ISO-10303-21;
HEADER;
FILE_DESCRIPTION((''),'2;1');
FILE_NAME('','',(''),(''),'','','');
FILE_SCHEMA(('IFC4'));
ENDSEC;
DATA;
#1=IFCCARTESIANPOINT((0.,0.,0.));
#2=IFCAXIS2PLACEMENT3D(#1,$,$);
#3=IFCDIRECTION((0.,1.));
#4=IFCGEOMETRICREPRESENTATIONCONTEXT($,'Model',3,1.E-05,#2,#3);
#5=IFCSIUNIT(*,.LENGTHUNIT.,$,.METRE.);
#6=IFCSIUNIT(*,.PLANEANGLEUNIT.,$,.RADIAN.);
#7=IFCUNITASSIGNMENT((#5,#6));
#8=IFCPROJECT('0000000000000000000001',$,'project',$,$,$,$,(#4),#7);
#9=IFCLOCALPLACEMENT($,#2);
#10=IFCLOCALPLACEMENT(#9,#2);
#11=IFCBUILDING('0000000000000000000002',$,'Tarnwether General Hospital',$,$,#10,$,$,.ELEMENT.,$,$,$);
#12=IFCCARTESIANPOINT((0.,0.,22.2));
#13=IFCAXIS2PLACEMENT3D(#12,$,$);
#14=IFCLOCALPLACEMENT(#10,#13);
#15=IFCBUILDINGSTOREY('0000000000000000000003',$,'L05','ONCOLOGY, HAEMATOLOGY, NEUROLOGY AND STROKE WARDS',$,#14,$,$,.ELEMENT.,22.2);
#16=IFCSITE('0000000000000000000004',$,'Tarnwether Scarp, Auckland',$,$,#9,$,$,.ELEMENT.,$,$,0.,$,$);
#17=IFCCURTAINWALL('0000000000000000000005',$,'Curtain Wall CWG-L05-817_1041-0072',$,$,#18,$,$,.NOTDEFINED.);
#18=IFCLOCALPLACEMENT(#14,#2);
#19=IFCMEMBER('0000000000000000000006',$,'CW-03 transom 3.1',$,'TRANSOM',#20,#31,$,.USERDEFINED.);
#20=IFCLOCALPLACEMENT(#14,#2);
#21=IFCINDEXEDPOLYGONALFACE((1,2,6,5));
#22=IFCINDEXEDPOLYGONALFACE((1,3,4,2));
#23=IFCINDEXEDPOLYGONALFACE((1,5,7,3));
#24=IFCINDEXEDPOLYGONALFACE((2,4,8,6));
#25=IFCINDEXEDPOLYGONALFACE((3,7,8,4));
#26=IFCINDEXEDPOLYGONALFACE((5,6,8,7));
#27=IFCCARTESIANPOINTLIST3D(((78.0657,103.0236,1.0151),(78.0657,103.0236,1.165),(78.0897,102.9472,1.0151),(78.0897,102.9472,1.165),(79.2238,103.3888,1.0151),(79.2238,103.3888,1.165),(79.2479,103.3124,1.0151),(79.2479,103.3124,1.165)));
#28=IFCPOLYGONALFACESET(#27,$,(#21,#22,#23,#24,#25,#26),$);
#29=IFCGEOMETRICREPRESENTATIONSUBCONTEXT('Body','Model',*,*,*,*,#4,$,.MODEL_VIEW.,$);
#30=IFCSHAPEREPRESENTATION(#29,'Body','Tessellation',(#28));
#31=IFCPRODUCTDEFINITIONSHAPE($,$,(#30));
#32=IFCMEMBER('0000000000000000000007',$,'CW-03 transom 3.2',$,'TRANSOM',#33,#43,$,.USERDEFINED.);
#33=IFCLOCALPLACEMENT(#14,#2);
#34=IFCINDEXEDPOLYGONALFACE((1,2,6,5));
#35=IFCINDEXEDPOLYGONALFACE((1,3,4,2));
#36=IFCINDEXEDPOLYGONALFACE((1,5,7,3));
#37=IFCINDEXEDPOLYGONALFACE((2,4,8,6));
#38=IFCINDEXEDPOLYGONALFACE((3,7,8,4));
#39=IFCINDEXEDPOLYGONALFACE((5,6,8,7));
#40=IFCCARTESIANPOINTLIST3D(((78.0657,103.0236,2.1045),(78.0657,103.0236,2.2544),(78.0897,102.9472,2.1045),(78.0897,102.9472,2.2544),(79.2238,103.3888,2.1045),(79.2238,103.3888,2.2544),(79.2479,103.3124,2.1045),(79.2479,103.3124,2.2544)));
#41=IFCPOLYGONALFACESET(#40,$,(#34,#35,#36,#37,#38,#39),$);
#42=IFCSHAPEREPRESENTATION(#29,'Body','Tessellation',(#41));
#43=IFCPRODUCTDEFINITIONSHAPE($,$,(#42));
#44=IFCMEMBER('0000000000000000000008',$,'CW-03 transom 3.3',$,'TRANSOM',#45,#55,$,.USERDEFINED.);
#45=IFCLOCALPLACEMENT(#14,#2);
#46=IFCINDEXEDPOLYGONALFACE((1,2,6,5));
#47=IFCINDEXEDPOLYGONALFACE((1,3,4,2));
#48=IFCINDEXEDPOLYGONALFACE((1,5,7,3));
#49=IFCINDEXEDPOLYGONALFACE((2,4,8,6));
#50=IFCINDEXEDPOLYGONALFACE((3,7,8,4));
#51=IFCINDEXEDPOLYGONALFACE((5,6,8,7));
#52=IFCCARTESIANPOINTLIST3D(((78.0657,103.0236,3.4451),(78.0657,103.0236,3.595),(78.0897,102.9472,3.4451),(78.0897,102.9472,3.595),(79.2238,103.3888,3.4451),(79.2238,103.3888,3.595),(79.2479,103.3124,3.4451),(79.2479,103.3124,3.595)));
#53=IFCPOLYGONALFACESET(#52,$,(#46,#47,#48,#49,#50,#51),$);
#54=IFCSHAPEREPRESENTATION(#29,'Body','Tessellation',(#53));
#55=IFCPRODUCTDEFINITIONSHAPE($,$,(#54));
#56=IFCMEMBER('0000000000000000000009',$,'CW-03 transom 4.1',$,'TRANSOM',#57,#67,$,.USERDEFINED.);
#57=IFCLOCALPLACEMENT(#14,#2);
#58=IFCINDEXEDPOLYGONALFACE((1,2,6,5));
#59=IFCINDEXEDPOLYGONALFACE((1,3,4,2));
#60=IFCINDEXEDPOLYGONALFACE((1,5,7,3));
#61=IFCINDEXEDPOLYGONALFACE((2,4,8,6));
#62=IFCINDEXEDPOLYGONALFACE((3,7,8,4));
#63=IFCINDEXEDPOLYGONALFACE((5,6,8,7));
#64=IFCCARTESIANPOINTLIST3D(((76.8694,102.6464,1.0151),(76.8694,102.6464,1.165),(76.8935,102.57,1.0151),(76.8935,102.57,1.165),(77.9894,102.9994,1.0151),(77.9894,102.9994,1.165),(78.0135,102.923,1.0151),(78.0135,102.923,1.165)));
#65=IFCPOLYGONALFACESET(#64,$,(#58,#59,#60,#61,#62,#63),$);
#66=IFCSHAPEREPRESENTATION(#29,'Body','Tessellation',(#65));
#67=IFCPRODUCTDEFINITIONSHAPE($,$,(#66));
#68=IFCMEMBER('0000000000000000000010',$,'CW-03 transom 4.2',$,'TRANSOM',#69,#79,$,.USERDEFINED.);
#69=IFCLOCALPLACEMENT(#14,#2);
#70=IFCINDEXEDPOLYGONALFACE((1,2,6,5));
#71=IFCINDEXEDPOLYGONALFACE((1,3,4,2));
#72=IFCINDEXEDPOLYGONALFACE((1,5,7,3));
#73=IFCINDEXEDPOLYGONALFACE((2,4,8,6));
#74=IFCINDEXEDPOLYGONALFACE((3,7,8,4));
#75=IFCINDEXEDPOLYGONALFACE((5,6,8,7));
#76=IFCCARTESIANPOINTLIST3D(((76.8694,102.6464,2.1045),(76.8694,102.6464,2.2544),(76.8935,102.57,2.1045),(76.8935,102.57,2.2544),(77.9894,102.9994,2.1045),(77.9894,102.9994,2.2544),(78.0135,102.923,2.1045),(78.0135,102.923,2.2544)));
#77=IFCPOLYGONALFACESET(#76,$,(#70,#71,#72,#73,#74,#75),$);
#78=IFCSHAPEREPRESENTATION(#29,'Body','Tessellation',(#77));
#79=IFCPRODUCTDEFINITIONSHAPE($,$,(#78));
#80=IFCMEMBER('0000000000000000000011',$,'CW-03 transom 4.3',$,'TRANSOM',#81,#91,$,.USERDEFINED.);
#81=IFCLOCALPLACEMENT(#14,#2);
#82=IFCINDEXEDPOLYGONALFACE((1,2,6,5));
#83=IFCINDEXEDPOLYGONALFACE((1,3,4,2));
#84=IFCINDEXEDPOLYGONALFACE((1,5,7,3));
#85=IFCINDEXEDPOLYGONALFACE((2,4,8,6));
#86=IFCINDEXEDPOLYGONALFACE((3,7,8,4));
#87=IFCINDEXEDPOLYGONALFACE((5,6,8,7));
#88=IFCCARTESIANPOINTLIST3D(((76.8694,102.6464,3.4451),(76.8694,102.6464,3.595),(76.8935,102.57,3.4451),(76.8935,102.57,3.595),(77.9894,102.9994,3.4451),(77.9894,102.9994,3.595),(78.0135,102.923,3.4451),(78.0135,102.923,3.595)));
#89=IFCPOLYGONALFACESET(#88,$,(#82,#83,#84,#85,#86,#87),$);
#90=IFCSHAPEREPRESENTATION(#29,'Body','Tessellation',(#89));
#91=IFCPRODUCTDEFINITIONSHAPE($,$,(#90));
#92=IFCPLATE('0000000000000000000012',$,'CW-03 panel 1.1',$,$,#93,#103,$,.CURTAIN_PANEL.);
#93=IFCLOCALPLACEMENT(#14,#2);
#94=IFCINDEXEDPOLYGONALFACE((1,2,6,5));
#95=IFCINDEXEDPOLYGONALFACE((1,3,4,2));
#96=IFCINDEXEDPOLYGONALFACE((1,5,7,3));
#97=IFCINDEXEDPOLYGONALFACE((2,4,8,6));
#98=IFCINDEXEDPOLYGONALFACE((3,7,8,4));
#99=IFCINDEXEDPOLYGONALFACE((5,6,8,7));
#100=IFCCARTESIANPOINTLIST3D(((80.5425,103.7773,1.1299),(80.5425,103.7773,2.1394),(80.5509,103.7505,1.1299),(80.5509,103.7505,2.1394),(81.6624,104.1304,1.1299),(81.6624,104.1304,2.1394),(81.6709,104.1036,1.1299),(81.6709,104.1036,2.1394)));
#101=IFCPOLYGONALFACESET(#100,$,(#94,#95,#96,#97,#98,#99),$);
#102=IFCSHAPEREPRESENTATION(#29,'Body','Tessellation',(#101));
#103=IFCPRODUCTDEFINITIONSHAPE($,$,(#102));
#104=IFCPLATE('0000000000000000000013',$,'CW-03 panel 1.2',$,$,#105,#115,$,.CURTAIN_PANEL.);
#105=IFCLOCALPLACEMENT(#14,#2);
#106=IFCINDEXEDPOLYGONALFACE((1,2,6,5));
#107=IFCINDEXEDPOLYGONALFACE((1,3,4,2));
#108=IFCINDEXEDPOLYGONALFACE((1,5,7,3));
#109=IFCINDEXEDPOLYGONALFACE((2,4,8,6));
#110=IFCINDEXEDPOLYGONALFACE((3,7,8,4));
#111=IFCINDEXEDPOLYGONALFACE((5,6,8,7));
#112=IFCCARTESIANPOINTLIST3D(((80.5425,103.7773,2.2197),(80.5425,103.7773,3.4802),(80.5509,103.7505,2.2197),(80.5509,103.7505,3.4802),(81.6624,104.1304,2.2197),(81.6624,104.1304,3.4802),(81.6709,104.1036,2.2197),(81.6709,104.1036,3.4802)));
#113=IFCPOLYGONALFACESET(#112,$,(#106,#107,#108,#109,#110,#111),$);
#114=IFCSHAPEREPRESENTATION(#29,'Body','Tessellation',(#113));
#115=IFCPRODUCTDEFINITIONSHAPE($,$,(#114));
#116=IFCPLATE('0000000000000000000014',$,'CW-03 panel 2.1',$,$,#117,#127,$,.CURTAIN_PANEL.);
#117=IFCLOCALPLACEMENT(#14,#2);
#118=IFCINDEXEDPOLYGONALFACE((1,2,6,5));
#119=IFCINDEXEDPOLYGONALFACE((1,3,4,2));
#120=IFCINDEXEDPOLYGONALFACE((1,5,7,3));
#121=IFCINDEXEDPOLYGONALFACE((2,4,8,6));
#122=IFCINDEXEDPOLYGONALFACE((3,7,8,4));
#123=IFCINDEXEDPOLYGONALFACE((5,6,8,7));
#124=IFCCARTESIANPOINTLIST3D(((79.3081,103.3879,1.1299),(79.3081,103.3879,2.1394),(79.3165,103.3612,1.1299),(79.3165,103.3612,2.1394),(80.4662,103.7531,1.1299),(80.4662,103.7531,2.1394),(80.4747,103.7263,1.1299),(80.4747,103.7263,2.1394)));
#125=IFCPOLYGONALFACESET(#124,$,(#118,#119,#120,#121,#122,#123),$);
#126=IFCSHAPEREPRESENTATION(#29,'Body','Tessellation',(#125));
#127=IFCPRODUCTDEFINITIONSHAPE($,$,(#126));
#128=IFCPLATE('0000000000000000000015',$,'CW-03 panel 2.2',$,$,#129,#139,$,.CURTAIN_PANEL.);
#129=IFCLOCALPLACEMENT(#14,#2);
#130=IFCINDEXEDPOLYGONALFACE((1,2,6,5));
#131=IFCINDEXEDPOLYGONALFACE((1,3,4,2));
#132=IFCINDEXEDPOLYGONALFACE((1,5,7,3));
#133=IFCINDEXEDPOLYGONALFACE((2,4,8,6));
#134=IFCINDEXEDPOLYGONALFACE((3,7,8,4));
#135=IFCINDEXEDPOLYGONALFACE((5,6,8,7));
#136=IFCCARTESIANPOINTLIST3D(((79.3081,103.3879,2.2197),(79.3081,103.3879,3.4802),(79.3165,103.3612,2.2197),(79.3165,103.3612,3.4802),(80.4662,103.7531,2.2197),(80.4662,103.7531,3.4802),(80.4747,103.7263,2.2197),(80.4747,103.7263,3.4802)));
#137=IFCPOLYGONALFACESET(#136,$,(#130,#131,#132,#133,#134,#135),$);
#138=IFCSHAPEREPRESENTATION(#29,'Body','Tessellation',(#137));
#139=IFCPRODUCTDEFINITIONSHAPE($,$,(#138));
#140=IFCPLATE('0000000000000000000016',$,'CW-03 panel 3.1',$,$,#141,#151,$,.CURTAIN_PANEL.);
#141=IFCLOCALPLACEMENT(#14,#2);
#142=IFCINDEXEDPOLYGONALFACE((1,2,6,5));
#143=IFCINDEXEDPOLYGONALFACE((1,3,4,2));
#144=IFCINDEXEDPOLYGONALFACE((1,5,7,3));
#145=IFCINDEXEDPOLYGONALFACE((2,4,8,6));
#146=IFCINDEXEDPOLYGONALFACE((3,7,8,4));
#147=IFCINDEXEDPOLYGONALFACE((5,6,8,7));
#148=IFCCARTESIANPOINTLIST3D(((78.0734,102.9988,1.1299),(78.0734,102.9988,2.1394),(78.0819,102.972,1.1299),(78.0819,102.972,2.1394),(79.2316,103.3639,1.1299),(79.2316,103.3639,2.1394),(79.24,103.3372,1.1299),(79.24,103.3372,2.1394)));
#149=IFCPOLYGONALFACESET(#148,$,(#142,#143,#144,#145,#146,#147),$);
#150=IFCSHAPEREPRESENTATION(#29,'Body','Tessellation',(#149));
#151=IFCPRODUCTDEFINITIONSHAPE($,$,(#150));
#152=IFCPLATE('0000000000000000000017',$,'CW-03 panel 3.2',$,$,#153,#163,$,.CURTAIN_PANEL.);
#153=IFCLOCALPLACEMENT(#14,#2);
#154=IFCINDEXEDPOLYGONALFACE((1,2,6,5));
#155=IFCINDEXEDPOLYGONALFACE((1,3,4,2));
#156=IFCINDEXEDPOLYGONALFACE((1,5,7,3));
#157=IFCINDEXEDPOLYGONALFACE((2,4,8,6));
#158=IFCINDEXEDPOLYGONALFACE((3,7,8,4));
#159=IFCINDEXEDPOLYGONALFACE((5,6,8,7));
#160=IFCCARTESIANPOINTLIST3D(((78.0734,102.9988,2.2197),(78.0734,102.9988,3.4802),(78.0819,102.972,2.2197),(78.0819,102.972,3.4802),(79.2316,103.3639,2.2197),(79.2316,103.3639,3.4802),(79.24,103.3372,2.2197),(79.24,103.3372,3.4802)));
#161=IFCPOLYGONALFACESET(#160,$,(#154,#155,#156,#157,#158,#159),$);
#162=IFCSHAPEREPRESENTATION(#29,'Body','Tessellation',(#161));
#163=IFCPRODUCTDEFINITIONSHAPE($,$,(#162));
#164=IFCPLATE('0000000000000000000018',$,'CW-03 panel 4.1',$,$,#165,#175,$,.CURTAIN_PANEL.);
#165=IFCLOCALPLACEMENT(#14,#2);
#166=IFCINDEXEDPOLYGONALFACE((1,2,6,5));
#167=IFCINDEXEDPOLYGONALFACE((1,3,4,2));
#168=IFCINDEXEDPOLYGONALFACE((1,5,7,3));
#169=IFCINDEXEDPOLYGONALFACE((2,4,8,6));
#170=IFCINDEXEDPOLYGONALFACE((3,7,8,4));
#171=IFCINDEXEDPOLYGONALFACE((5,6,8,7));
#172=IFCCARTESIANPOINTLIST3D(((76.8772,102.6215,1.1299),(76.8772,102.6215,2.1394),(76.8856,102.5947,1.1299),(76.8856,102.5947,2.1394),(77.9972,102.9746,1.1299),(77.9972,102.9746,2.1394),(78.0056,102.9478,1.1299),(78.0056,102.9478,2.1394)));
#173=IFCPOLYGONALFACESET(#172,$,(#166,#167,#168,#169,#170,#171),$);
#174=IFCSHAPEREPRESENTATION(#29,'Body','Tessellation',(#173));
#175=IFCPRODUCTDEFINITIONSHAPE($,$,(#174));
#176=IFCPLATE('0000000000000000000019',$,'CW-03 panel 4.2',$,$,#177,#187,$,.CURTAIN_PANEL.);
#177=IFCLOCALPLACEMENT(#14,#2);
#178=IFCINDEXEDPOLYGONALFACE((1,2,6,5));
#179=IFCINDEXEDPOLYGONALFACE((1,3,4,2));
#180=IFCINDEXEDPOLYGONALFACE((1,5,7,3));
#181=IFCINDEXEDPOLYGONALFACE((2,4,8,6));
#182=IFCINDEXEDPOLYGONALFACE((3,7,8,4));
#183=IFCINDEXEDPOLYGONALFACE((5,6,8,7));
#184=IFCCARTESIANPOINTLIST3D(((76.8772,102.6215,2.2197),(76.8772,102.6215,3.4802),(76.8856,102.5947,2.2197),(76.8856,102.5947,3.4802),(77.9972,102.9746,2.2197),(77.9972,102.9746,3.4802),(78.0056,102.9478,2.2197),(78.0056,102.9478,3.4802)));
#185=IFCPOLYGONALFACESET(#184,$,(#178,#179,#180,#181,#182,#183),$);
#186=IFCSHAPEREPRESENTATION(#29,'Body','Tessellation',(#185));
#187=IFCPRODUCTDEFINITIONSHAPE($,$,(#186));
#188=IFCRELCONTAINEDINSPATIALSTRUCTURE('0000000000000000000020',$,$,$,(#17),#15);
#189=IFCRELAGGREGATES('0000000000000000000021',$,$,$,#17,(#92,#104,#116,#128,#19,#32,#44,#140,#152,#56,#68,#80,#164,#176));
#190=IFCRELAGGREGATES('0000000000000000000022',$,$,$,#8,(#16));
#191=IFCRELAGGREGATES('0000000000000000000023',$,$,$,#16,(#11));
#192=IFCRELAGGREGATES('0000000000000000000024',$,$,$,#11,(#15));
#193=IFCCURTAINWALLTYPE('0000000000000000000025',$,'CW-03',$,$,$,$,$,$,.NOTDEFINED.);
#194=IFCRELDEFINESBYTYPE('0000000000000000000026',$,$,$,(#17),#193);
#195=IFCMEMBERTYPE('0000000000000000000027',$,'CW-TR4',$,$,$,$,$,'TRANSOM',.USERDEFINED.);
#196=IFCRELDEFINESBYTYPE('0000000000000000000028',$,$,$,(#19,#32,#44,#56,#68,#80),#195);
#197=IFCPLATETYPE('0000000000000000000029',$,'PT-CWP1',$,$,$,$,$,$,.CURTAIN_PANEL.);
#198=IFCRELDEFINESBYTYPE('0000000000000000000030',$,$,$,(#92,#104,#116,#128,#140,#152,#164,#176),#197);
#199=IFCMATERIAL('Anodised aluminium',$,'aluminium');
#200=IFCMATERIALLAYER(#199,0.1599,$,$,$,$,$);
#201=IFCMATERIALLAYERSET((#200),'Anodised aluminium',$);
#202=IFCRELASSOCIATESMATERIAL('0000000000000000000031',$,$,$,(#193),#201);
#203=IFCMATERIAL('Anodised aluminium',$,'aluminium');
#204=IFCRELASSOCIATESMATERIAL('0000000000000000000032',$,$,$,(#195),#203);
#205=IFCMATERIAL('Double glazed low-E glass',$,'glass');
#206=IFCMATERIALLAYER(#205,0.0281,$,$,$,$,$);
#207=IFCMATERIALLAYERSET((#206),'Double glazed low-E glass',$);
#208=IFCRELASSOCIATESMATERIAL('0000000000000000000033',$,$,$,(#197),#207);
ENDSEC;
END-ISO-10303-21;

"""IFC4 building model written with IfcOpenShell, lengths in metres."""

from ifc_helpers import new_model, si_unit, direction, frame, origin, origin_2d, place, context, subcontext, project, spatial, rectangle, extrude, material, layer, layer_set, material_profile, profile_set, type_object, element, aggregate, save


model = new_model("IFC4")

# Units and contexts
model_context = context("Model", 3, precision=1e-05, world=origin(), true_north=direction((0.0, 1.0)))
body_context = subcontext(model_context, "Body", "Model", "MODEL_VIEW")
ifc_project = project(units=[si_unit("LENGTHUNIT", "METRE"), si_unit("PLANEANGLEUNIT", "RADIAN")], contexts=[model_context])

# Site, building, storey
site_placement = place(None, origin())
site = spatial("IfcSite", under=ifc_project, at=site_placement, Name="Tarnwether Scarp, Auckland", CompositionType="ELEMENT", RefElevation=0.0)
building_placement = place(site_placement, origin())
building = spatial("IfcBuilding", under=site, at=building_placement, Name="Tarnwether General Hospital", CompositionType="ELEMENT")
storey_placement = place(building_placement, frame((0.0, 0.0, 22.2)))
storey = spatial("IfcBuildingStorey", under=building, at=storey_placement, Name="L05", Description="ONCOLOGY, HAEMATOLOGY, NEUROLOGY AND STROKE WARDS", CompositionType="ELEMENT", Elevation=22.2)

# Shared definitions
ifc_material_1 = material(Name="Anodised aluminium", Category="aluminium")
ifc_layer_1 = layer(ifc_material_1, 0.1599)
ifc_layer_set_1 = layer_set([ifc_layer_1], Name="Anodised aluminium")
curtain_wall_type = type_object("IfcCurtainWallType", Name="CW-03", PredefinedType="NOTDEFINED", material=ifc_layer_set_1)

# Curtain wall
curtain_wall_1_placement = place(storey_placement, origin())
curtain_wall_1 = element("IfcCurtainWall", 1, at=curtain_wall_1_placement, inside=storey, type_object=curtain_wall_type, Name="Curtain Wall CWG-L05-817_1041-0072", PredefinedType="NOTDEFINED")

# Members
ifc_material_2 = material(Name="Anodised aluminium", Category="aluminium")
ifc_material_profile_1 = material_profile(ifc_material_2, rectangle(XDim=0.0801, YDim=0.1499, at=origin_2d()), Name="ALU-TRN-80x150")
ifc_profile_set_1 = profile_set([ifc_material_profile_1], Name="Anodised aluminium")
member_type_1 = type_object("IfcMemberType", Name="CW-TR4", ElementType="TRANSOM", PredefinedType="USERDEFINED", material=ifc_profile_set_1)
member_1_placement = place(storey_placement, frame((79.2358, 103.3506, 1.0901), z_axis=(-0.953704, -0.300746, 0.0), x_axis=(0.300746, -0.953704, 0.0)))
member_1 = element("IfcMember", 2, at=member_1_placement, type_object=member_type_1, Name="CW-03 transom 3.1", ObjectType="TRANSOM", PredefinedType="USERDEFINED", context=body_context, shape_type="SweptSolid", body=[
    extrude(rectangle(XDim=0.0801, YDim=0.1499, at=origin_2d()), origin(), (0.0, 0.0, 1.0), 1.2144),
])
member_2_placement = place(storey_placement, frame((79.2358, 103.3506, 2.1794), z_axis=(-0.953704, -0.300746, 0.0), x_axis=(0.300746, -0.953704, 0.0)))
member_2 = element("IfcMember", 3, at=member_2_placement, type_object=member_type_1, Name="CW-03 transom 3.2", ObjectType="TRANSOM", PredefinedType="USERDEFINED", context=body_context, shape_type="SweptSolid", body=[
    extrude(rectangle(XDim=0.0801, YDim=0.1499, at=origin_2d()), origin(), (0.0, 0.0, 1.0), 1.2144),
])
member_3_placement = place(storey_placement, frame((79.2358, 103.3506, 3.52), z_axis=(-0.953704, -0.300746, 0.0), x_axis=(0.300746, -0.953704, 0.0)))
member_3 = element("IfcMember", 4, at=member_3_placement, type_object=member_type_1, Name="CW-03 transom 3.3", ObjectType="TRANSOM", PredefinedType="USERDEFINED", context=body_context, shape_type="SweptSolid", body=[
    extrude(rectangle(XDim=0.0801, YDim=0.1499, at=origin_2d()), origin(), (0.0, 0.0, 1.0), 1.2144),
])
member_4_placement = place(storey_placement, frame((78.0015, 102.9612, 1.0901), z_axis=(-0.953752, -0.300594, 0.0), x_axis=(0.300594, -0.953752, 0.0)))
member_4 = element("IfcMember", 5, at=member_4_placement, type_object=member_type_1, Name="CW-03 transom 4.1", ObjectType="TRANSOM", PredefinedType="USERDEFINED", context=body_context, shape_type="SweptSolid", body=[
    extrude(rectangle(XDim=0.0801, YDim=0.1499, at=origin_2d()), origin(), (0.0, 0.0, 1.0), 1.1743),
])
member_5_placement = place(storey_placement, frame((78.0015, 102.9612, 2.1794), z_axis=(-0.953752, -0.300594, 0.0), x_axis=(0.300594, -0.953752, 0.0)))
member_5 = element("IfcMember", 6, at=member_5_placement, type_object=member_type_1, Name="CW-03 transom 4.2", ObjectType="TRANSOM", PredefinedType="USERDEFINED", context=body_context, shape_type="SweptSolid", body=[
    extrude(rectangle(XDim=0.0801, YDim=0.1499, at=origin_2d()), origin(), (0.0, 0.0, 1.0), 1.1743),
])
member_6_placement = place(storey_placement, frame((78.0015, 102.9612, 3.52), z_axis=(-0.953752, -0.300594, 0.0), x_axis=(0.300594, -0.953752, 0.0)))
member_6 = element("IfcMember", 7, at=member_6_placement, type_object=member_type_1, Name="CW-03 transom 4.3", ObjectType="TRANSOM", PredefinedType="USERDEFINED", context=body_context, shape_type="SweptSolid", body=[
    extrude(rectangle(XDim=0.0801, YDim=0.1499, at=origin_2d()), origin(), (0.0, 0.0, 1.0), 1.1743),
])

# Plates
ifc_material_3 = material(Name="Double glazed low-E glass", Category="glass")
ifc_layer_2 = layer(ifc_material_3, 0.0281)
ifc_layer_set_2 = layer_set([ifc_layer_2], Name="Double glazed low-E glass")
plate_type_1 = type_object("IfcPlateType", Name="PT-CWP1", PredefinedType="CURTAIN_PANEL", material=ifc_layer_set_2)
plate_1_placement = place(storey_placement, frame((81.1067, 103.9404, 1.1299), z_axis=(0.0, 0.0, 1.0), x_axis=(-0.953714, -0.300715, 0.0)))
plate_1 = element("IfcPlate", 8, at=plate_1_placement, type_object=plate_type_1, Name="CW-03 panel 1.1", PredefinedType="CURTAIN_PANEL", context=body_context, shape_type="SweptSolid", body=[
    extrude(rectangle(XDim=1.1743, YDim=0.0281, at=origin_2d()), origin(), (0.0, 0.0, 1.0), 1.0095),
])
plate_2_placement = place(storey_placement, frame((81.1067, 103.9404, 2.2197), z_axis=(0.0, 0.0, 1.0), x_axis=(-0.953714, -0.300715, 0.0)))
plate_2 = element("IfcPlate", 9, at=plate_2_placement, type_object=plate_type_1, Name="CW-03 panel 1.2", PredefinedType="CURTAIN_PANEL", context=body_context, shape_type="SweptSolid", body=[
    extrude(rectangle(XDim=1.1743, YDim=0.0281, at=origin_2d()), origin(), (0.0, 0.0, 1.0), 1.2605),
])
plate_3_placement = place(storey_placement, frame((79.8914, 103.5571, 1.1299), z_axis=(0.0, 0.0, 1.0), x_axis=(-0.953714, -0.300715, 0.0)))
plate_3 = element("IfcPlate", 10, at=plate_3_placement, type_object=plate_type_1, Name="CW-03 panel 2.1", PredefinedType="CURTAIN_PANEL", context=body_context, shape_type="SweptSolid", body=[
    extrude(rectangle(XDim=1.2144, YDim=0.0281, at=origin_2d()), origin(), (0.0, 0.0, 1.0), 1.0095),
])
plate_4_placement = place(storey_placement, frame((79.8914, 103.5571, 2.2197), z_axis=(0.0, 0.0, 1.0), x_axis=(-0.953714, -0.300715, 0.0)))
plate_4 = element("IfcPlate", 11, at=plate_4_placement, type_object=plate_type_1, Name="CW-03 panel 2.2", PredefinedType="CURTAIN_PANEL", context=body_context, shape_type="SweptSolid", body=[
    extrude(rectangle(XDim=1.2144, YDim=0.0281, at=origin_2d()), origin(), (0.0, 0.0, 1.0), 1.2605),
])
plate_5_placement = place(storey_placement, frame((78.6567, 103.168, 1.1299), z_axis=(0.0, 0.0, 1.0), x_axis=(-0.953714, -0.300715, 0.0)))
plate_5 = element("IfcPlate", 12, at=plate_5_placement, type_object=plate_type_1, Name="CW-03 panel 3.1", PredefinedType="CURTAIN_PANEL", context=body_context, shape_type="SweptSolid", body=[
    extrude(rectangle(XDim=1.2144, YDim=0.0281, at=origin_2d()), origin(), (0.0, 0.0, 1.0), 1.0095),
])
plate_6_placement = place(storey_placement, frame((78.6567, 103.168, 2.2197), z_axis=(0.0, 0.0, 1.0), x_axis=(-0.953714, -0.300715, 0.0)))
plate_6 = element("IfcPlate", 13, at=plate_6_placement, type_object=plate_type_1, Name="CW-03 panel 3.2", PredefinedType="CURTAIN_PANEL", context=body_context, shape_type="SweptSolid", body=[
    extrude(rectangle(XDim=1.2144, YDim=0.0281, at=origin_2d()), origin(), (0.0, 0.0, 1.0), 1.2605),
])
plate_7_placement = place(storey_placement, frame((77.4414, 102.7847, 1.1299), z_axis=(0.0, 0.0, 1.0), x_axis=(-0.953714, -0.300715, 0.0)))
plate_7 = element("IfcPlate", 14, at=plate_7_placement, type_object=plate_type_1, Name="CW-03 panel 4.1", PredefinedType="CURTAIN_PANEL", context=body_context, shape_type="SweptSolid", body=[
    extrude(rectangle(XDim=1.1743, YDim=0.0281, at=origin_2d()), origin(), (0.0, 0.0, 1.0), 1.0095),
])
plate_8_placement = place(storey_placement, frame((77.4414, 102.7847, 2.2197), z_axis=(0.0, 0.0, 1.0), x_axis=(-0.953714, -0.300715, 0.0)))
plate_8 = element("IfcPlate", 15, at=plate_8_placement, type_object=plate_type_1, Name="CW-03 panel 4.2", PredefinedType="CURTAIN_PANEL", context=body_context, shape_type="SweptSolid", body=[
    extrude(rectangle(XDim=1.1743, YDim=0.0281, at=origin_2d()), origin(), (0.0, 0.0, 1.0), 1.2605),
])
aggregate(curtain_wall_1, [plate_1, plate_2, plate_3, plate_4, member_1, member_2, member_3, plate_5, plate_6, member_4, member_5, member_6, plate_7, plate_8])

save(model, "model.ifc")
